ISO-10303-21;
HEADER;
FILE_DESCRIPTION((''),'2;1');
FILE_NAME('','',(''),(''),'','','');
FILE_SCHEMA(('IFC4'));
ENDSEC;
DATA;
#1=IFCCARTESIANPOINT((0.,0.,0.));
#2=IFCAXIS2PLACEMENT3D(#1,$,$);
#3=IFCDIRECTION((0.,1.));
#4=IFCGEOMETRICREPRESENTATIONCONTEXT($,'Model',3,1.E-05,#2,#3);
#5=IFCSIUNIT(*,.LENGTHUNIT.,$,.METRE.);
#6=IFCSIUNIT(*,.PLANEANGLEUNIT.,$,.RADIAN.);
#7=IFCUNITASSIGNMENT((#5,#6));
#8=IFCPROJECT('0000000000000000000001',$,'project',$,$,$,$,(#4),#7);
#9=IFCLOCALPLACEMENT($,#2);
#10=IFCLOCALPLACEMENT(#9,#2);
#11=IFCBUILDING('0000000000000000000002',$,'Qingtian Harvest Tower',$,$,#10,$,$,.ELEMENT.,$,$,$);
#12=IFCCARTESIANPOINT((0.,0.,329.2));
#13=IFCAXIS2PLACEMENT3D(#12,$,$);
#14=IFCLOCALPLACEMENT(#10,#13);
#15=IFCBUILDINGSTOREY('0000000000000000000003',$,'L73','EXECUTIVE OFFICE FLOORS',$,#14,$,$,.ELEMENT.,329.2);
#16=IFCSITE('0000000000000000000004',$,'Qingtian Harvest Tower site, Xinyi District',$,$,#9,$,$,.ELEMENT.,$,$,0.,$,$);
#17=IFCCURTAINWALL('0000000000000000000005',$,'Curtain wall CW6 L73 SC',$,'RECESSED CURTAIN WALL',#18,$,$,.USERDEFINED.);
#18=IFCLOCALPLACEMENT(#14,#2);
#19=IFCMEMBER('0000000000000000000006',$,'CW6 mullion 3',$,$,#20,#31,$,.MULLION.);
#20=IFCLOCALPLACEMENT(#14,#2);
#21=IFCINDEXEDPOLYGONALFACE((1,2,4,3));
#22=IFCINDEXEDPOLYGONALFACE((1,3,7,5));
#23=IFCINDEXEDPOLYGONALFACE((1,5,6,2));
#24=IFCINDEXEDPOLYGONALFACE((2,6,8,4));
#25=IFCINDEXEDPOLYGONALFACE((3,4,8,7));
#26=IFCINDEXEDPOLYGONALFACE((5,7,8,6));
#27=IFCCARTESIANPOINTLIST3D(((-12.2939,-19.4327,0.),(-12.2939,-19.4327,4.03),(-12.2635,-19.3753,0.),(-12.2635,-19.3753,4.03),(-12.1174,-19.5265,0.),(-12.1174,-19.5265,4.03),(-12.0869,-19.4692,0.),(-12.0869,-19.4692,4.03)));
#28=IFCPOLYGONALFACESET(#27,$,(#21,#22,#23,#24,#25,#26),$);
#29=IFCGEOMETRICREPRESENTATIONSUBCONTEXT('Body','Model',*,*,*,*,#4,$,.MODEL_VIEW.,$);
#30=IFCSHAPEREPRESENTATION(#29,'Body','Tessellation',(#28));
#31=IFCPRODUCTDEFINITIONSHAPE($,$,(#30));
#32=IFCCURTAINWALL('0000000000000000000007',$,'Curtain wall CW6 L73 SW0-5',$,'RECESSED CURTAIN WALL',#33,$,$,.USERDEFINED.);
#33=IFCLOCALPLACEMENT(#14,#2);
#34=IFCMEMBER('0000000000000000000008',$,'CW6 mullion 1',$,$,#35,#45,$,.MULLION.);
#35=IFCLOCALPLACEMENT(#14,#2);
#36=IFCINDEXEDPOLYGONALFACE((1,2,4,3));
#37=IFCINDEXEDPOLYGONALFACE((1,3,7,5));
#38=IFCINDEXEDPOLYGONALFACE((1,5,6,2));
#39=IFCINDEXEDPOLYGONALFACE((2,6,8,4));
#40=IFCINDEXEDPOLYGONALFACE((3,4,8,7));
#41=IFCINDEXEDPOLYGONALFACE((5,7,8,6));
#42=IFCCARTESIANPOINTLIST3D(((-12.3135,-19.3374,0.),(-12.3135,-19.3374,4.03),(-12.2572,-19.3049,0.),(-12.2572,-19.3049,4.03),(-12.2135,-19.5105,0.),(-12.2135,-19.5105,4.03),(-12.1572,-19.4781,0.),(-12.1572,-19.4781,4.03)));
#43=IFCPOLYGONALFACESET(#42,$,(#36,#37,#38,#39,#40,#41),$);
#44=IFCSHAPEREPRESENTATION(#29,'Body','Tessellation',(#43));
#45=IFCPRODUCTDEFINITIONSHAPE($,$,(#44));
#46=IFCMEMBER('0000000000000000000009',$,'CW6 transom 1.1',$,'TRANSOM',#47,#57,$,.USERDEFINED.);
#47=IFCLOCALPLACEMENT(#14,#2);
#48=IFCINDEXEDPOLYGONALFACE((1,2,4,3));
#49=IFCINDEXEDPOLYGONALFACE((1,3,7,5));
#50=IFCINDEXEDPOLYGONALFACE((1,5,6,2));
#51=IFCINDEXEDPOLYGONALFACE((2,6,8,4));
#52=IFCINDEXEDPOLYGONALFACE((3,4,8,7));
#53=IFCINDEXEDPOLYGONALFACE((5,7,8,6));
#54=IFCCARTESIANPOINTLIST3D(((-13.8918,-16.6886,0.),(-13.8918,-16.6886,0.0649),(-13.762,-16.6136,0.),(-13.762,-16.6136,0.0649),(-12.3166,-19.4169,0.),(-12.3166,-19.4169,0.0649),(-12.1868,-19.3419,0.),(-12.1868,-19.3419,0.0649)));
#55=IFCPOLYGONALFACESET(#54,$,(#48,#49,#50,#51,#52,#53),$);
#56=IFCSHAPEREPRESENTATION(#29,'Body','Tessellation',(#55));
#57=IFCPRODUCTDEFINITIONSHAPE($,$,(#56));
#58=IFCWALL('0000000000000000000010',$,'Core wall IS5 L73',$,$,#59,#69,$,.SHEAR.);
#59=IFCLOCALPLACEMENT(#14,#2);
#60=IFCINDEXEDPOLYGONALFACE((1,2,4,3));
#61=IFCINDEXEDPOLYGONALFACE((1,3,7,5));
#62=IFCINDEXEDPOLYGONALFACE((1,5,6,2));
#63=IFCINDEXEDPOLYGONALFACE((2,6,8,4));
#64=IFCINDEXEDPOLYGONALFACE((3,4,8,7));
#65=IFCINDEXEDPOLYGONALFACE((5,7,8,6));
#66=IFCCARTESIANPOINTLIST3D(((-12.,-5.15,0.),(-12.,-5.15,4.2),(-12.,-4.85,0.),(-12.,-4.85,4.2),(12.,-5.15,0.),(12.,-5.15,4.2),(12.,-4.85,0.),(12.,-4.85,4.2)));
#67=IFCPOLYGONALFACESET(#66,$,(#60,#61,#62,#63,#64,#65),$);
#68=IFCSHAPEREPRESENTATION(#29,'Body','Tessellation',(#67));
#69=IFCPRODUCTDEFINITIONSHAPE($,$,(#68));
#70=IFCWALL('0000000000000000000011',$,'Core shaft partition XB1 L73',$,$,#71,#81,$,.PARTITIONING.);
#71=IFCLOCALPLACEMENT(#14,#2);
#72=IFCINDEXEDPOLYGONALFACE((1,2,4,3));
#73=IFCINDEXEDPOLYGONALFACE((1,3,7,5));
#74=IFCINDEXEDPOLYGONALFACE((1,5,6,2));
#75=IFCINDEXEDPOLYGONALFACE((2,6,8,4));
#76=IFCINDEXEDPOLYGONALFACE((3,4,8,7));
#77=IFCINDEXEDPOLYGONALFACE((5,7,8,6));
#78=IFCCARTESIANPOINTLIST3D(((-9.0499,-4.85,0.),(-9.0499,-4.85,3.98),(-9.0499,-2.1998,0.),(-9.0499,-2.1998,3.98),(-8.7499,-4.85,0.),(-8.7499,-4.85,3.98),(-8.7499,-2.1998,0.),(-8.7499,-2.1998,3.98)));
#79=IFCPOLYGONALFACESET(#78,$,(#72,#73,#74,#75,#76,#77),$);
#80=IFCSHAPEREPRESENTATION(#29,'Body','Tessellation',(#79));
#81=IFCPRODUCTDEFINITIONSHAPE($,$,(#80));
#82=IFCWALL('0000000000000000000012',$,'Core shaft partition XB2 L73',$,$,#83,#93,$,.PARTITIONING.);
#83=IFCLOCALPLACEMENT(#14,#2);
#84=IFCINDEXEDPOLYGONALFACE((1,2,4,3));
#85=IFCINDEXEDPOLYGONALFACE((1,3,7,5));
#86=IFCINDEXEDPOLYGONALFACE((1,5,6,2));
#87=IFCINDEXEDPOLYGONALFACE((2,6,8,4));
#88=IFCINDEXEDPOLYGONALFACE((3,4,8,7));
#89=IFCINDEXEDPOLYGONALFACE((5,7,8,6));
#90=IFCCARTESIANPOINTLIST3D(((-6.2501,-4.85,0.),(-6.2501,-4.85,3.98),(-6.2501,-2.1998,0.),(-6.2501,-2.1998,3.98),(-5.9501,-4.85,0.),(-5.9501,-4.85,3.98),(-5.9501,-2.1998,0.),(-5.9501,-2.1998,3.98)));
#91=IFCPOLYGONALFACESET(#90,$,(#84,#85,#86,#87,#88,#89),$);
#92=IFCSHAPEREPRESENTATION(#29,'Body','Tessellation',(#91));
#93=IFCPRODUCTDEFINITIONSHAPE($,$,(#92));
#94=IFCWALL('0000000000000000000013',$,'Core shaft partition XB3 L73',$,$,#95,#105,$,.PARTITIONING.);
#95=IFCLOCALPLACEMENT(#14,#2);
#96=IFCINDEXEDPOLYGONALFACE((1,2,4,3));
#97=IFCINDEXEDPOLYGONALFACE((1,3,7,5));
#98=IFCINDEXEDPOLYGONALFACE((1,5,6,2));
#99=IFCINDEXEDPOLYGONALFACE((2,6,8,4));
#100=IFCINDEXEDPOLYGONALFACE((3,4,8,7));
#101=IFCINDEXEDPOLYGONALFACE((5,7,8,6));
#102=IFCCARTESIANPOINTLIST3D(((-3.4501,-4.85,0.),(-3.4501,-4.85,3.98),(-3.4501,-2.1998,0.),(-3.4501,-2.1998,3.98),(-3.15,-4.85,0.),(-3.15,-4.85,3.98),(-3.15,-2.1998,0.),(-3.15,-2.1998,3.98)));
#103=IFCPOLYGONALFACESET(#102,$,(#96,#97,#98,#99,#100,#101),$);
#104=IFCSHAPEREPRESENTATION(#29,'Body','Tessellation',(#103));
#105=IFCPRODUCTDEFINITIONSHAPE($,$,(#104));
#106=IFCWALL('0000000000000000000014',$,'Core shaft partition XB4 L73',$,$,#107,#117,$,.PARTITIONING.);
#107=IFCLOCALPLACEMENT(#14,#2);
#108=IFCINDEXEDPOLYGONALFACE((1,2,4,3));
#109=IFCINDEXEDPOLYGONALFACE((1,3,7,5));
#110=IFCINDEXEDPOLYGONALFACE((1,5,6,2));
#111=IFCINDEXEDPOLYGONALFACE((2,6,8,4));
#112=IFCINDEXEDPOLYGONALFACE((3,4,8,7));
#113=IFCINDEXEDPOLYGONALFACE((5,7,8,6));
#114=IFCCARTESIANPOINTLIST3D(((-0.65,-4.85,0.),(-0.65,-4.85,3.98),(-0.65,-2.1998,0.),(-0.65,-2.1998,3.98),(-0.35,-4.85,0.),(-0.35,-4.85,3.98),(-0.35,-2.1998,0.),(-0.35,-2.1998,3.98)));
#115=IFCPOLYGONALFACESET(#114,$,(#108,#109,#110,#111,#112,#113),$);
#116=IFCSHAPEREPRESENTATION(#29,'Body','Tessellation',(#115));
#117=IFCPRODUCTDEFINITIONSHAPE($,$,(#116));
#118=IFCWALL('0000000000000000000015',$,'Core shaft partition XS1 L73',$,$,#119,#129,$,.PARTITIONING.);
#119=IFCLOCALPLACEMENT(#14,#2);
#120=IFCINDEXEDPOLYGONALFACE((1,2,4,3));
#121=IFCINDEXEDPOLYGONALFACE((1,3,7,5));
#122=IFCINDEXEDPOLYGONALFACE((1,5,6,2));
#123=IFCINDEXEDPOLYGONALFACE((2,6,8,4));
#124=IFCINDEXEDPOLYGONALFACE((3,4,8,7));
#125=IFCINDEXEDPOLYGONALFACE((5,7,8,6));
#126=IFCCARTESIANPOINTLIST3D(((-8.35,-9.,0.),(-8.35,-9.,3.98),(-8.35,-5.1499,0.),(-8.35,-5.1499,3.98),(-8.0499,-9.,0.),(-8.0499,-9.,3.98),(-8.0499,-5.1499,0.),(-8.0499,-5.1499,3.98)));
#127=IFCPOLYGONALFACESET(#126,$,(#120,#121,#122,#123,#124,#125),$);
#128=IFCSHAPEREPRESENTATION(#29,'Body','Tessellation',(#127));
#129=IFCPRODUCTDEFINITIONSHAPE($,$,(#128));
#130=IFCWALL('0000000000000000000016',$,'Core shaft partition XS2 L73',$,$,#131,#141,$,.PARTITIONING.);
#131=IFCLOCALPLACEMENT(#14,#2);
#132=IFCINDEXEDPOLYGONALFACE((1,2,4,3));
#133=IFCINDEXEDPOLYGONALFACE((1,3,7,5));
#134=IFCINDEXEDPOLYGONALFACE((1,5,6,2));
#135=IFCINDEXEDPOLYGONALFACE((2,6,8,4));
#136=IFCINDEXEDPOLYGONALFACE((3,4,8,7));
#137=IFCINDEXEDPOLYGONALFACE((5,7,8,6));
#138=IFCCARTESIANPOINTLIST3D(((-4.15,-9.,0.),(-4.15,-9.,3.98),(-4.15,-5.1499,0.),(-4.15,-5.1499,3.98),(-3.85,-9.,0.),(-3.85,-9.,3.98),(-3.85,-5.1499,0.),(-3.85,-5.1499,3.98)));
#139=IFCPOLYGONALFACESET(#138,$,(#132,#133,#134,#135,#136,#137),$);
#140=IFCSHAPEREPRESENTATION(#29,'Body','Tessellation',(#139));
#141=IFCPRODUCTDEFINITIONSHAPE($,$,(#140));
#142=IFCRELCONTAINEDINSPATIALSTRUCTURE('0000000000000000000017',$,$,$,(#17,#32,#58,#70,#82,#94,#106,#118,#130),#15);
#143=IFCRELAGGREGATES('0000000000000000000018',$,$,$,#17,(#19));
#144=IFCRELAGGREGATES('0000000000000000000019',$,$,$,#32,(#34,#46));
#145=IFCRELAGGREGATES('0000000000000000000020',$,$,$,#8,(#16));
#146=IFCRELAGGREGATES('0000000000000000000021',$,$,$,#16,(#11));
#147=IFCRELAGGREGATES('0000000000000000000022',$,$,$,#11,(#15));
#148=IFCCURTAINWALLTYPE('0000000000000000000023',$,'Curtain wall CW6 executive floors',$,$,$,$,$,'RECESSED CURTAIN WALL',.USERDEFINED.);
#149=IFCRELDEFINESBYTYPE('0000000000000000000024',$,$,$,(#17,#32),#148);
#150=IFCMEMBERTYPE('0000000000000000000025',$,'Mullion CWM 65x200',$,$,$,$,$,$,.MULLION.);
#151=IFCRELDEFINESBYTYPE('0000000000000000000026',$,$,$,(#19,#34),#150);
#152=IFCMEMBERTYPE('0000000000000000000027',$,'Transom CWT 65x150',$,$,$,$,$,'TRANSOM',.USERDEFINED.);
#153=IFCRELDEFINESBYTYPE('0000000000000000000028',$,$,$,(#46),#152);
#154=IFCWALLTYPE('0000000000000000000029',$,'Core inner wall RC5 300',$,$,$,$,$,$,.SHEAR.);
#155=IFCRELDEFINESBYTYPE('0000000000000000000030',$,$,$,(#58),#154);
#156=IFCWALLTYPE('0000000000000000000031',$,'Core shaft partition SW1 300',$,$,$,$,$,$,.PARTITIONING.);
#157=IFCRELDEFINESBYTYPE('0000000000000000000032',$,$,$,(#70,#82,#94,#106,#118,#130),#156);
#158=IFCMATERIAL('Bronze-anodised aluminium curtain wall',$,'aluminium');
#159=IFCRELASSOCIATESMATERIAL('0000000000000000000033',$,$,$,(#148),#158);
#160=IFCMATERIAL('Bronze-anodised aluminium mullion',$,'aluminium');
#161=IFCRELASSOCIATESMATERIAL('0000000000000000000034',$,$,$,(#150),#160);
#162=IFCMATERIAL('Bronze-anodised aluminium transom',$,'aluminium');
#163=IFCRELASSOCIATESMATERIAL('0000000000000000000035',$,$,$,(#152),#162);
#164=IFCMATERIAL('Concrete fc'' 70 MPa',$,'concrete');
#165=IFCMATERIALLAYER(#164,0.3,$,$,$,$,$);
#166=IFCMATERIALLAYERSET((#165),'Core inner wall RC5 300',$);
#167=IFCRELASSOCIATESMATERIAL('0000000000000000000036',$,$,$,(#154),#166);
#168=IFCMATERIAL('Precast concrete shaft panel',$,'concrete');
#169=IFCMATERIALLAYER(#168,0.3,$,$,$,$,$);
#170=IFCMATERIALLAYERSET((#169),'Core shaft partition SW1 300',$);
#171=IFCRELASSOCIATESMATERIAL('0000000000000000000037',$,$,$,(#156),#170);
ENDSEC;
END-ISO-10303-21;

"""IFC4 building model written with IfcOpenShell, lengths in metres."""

from ifc_helpers import new_model, si_unit, direction, frame, frame_2d, origin, origin_2d, place, context, subcontext, project, spatial, rectangle, extrude, material, layer, layer_set, material_profile, profile_set, type_object, element, aggregate, save


model = new_model("IFC4")

# Units and contexts
model_context = context("Model", 3, precision=1e-05, world=origin(), true_north=direction((0.0, 1.0)))
body_context = subcontext(model_context, "Body", "Model", "MODEL_VIEW")
ifc_project = project(units=[si_unit("LENGTHUNIT", "METRE"), si_unit("PLANEANGLEUNIT", "RADIAN")], contexts=[model_context])

# Site, building, storey
site_placement = place(None, origin())
site = spatial("IfcSite", under=ifc_project, at=site_placement, Name="Qingtian Harvest Tower site, Xinyi District", CompositionType="ELEMENT", RefElevation=0.0)
building_placement = place(site_placement, origin())
building = spatial("IfcBuilding", under=site, at=building_placement, Name="Qingtian Harvest Tower", CompositionType="ELEMENT")
storey_placement = place(building_placement, frame((0.0, 0.0, 329.2)))
storey = spatial("IfcBuildingStorey", under=building, at=storey_placement, Name="L73", Description="EXECUTIVE OFFICE FLOORS", CompositionType="ELEMENT", Elevation=329.2)

# Curtain wall, member
ifc_material_1 = material(Name="Bronze-anodised aluminium curtain wall", Category="aluminium")
curtain_wall_type = type_object("IfcCurtainWallType", Name="Curtain wall CW6 executive floors", ElementType="RECESSED CURTAIN WALL", PredefinedType="USERDEFINED", material=ifc_material_1)
curtain_wall_1_placement = place(storey_placement, origin())
curtain_wall_1 = element("IfcCurtainWall", 1, at=curtain_wall_1_placement, inside=storey, type_object=curtain_wall_type, Name="Curtain wall CW6 L73 SC", ObjectType="RECESSED CURTAIN WALL", PredefinedType="USERDEFINED")
ifc_material_2 = material(Name="Bronze-anodised aluminium mullion", Category="aluminium")
ifc_material_profile_1 = material_profile(ifc_material_2, rectangle(XDim=0.0649, YDim=0.2, at=origin_2d()), Name="AL 65x200")
ifc_profile_set_1 = profile_set([ifc_material_profile_1], Name="Bronze-anodised aluminium mullion")
member_type_1 = type_object("IfcMemberType", Name="Mullion CWM 65x200", PredefinedType="MULLION", material=ifc_profile_set_1)
member_1_placement = place(storey_placement, frame((-12.1904, -19.4509, 0.0), z_axis=(0.0, 0.0, 1.0), x_axis=(-0.469472, -0.882948, 0.0)))
member_1 = element("IfcMember", 2, at=member_1_placement, type_object=member_type_1, Name="CW6 mullion 3", PredefinedType="MULLION", context=body_context, shape_type="SweptSolid", body=[
    extrude(rectangle(XDim=0.0649, YDim=0.2, at=origin_2d()), origin(), (0.0, 0.0, 1.0), 4.03),
])
aggregate(curtain_wall_1, [member_1])

# Curtain wall, members
curtain_wall_2_placement = place(storey_placement, origin())
curtain_wall_2 = element("IfcCurtainWall", 3, at=curtain_wall_2_placement, inside=storey, type_object=curtain_wall_type, Name="Curtain wall CW6 L73 SW0-5", ObjectType="RECESSED CURTAIN WALL", PredefinedType="USERDEFINED")
member_2_placement = place(storey_placement, frame((-12.2354, -19.4077, 0.0), z_axis=(0.0, 0.0, 1.0), x_axis=(-0.866025, -0.5, 0.0)))
member_2 = element("IfcMember", 4, at=member_2_placement, type_object=member_type_1, Name="CW6 mullion 1", PredefinedType="MULLION", context=body_context, shape_type="SweptSolid", body=[
    extrude(rectangle(XDim=0.0649, YDim=0.2, at=origin_2d()), origin(), (0.0, 0.0, 1.0), 4.03),
])
ifc_material_3 = material(Name="Bronze-anodised aluminium transom", Category="aluminium")
ifc_material_profile_2 = material_profile(ifc_material_3, rectangle(XDim=0.1499, YDim=0.0649, at=origin_2d()), Name="AL 65x150")
ifc_profile_set_2 = profile_set([ifc_material_profile_2], Name="Bronze-anodised aluminium transom")
member_type_2 = type_object("IfcMemberType", Name="Transom CWT 65x150", ElementType="TRANSOM", PredefinedType="USERDEFINED", material=ifc_profile_set_2)
member_3_placement = place(storey_placement, frame((-12.2517, -19.3794, 0.0325), z_axis=(-0.500006, 0.866022, 0.0), x_axis=(-0.866022, -0.500006, 0.0)))
member_3 = element("IfcMember", 5, at=member_3_placement, type_object=member_type_2, Name="CW6 transom 1.1", ObjectType="TRANSOM", PredefinedType="USERDEFINED", context=body_context, shape_type="SweptSolid", body=[
    extrude(rectangle(XDim=0.1499, YDim=0.0649, at=origin_2d()), origin(), (0.0, 0.0, 1.0), 3.1504),
])
aggregate(curtain_wall_2, [member_2, member_3])

# Walls
ifc_material_4 = material(Name="Concrete fc' 70 MPa", Category="concrete")
ifc_layer_1 = layer(ifc_material_4, 0.3)
ifc_layer_set_1 = layer_set([ifc_layer_1], Name="Core inner wall RC5 300")
wall_type_1 = type_object("IfcWallType", Name="Core inner wall RC5 300", PredefinedType="SHEAR", material=ifc_layer_set_1)
wall_1_placement = place(storey_placement, frame((-12.0, -5.0, 0.0), z_axis=(0.0, 0.0, 1.0), x_axis=(1.0, 0.0, 0.0)))
element("IfcWall", 6, at=wall_1_placement, inside=storey, type_object=wall_type_1, Name="Core wall IS5 L73", PredefinedType="SHEAR", context=body_context, shape_type="SweptSolid", body=[
    extrude(rectangle(XDim=24.0, YDim=0.3, at=frame_2d((12.0, 0.0))), origin(), (0.0, 0.0, 1.0), 4.2),
])
ifc_material_5 = material(Name="Precast concrete shaft panel", Category="concrete")
ifc_layer_2 = layer(ifc_material_5, 0.3)
ifc_layer_set_2 = layer_set([ifc_layer_2], Name="Core shaft partition SW1 300")
wall_type_2 = type_object("IfcWallType", Name="Core shaft partition SW1 300", PredefinedType="PARTITIONING", material=ifc_layer_set_2)
for number, where, z_axis, x_axis, name in (
    (7, (-8.8999, -4.8501, 0.0), (0.0, 0.0, 1.0), (0.0, 1.0, 0.0), "Core shaft partition XB1 L73"),
    (8, (-6.1001, -4.8501, 0.0), (0.0, 0.0, 1.0), (0.0, 1.0, 0.0), "Core shaft partition XB2 L73"),
    (9, (-3.3, -4.8501, 0.0), (0.0, 0.0, 1.0), (0.0, 1.0, 0.0), "Core shaft partition XB3 L73"),
    (10, (-0.5, -4.8501, 0.0), (0.0, 0.0, 1.0), (0.0, 1.0, 0.0), "Core shaft partition XB4 L73"),
):
    element("IfcWall", number, at=place(storey_placement, frame(where, z_axis=z_axis, x_axis=x_axis)), inside=storey, type_object=wall_type_2, Name=name, PredefinedType="PARTITIONING", context=body_context, shape_type="SweptSolid", body=[
        extrude(rectangle(XDim=2.6501, YDim=0.3, at=frame_2d((1.3252, 0.0))), origin(), (0.0, 0.0, 1.0), 3.98),
    ])
for number, where, z_axis, x_axis, name in (
    (11, (-8.2, -9.0, 0.0), (0.0, 0.0, 1.0), (0.0, 1.0, 0.0), "Core shaft partition XS1 L73"),
    (12, (-4.0, -9.0, 0.0), (0.0, 0.0, 1.0), (0.0, 1.0, 0.0), "Core shaft partition XS2 L73"),
):
    element("IfcWall", number, at=place(storey_placement, frame(where, z_axis=z_axis, x_axis=x_axis)), inside=storey, type_object=wall_type_2, Name=name, PredefinedType="PARTITIONING", context=body_context, shape_type="SweptSolid", body=[
        extrude(rectangle(XDim=3.8501, YDim=0.3, at=frame_2d((1.925, 0.0))), origin(), (0.0, 0.0, 1.0), 3.98),
    ])

save(model, "model.ifc")
